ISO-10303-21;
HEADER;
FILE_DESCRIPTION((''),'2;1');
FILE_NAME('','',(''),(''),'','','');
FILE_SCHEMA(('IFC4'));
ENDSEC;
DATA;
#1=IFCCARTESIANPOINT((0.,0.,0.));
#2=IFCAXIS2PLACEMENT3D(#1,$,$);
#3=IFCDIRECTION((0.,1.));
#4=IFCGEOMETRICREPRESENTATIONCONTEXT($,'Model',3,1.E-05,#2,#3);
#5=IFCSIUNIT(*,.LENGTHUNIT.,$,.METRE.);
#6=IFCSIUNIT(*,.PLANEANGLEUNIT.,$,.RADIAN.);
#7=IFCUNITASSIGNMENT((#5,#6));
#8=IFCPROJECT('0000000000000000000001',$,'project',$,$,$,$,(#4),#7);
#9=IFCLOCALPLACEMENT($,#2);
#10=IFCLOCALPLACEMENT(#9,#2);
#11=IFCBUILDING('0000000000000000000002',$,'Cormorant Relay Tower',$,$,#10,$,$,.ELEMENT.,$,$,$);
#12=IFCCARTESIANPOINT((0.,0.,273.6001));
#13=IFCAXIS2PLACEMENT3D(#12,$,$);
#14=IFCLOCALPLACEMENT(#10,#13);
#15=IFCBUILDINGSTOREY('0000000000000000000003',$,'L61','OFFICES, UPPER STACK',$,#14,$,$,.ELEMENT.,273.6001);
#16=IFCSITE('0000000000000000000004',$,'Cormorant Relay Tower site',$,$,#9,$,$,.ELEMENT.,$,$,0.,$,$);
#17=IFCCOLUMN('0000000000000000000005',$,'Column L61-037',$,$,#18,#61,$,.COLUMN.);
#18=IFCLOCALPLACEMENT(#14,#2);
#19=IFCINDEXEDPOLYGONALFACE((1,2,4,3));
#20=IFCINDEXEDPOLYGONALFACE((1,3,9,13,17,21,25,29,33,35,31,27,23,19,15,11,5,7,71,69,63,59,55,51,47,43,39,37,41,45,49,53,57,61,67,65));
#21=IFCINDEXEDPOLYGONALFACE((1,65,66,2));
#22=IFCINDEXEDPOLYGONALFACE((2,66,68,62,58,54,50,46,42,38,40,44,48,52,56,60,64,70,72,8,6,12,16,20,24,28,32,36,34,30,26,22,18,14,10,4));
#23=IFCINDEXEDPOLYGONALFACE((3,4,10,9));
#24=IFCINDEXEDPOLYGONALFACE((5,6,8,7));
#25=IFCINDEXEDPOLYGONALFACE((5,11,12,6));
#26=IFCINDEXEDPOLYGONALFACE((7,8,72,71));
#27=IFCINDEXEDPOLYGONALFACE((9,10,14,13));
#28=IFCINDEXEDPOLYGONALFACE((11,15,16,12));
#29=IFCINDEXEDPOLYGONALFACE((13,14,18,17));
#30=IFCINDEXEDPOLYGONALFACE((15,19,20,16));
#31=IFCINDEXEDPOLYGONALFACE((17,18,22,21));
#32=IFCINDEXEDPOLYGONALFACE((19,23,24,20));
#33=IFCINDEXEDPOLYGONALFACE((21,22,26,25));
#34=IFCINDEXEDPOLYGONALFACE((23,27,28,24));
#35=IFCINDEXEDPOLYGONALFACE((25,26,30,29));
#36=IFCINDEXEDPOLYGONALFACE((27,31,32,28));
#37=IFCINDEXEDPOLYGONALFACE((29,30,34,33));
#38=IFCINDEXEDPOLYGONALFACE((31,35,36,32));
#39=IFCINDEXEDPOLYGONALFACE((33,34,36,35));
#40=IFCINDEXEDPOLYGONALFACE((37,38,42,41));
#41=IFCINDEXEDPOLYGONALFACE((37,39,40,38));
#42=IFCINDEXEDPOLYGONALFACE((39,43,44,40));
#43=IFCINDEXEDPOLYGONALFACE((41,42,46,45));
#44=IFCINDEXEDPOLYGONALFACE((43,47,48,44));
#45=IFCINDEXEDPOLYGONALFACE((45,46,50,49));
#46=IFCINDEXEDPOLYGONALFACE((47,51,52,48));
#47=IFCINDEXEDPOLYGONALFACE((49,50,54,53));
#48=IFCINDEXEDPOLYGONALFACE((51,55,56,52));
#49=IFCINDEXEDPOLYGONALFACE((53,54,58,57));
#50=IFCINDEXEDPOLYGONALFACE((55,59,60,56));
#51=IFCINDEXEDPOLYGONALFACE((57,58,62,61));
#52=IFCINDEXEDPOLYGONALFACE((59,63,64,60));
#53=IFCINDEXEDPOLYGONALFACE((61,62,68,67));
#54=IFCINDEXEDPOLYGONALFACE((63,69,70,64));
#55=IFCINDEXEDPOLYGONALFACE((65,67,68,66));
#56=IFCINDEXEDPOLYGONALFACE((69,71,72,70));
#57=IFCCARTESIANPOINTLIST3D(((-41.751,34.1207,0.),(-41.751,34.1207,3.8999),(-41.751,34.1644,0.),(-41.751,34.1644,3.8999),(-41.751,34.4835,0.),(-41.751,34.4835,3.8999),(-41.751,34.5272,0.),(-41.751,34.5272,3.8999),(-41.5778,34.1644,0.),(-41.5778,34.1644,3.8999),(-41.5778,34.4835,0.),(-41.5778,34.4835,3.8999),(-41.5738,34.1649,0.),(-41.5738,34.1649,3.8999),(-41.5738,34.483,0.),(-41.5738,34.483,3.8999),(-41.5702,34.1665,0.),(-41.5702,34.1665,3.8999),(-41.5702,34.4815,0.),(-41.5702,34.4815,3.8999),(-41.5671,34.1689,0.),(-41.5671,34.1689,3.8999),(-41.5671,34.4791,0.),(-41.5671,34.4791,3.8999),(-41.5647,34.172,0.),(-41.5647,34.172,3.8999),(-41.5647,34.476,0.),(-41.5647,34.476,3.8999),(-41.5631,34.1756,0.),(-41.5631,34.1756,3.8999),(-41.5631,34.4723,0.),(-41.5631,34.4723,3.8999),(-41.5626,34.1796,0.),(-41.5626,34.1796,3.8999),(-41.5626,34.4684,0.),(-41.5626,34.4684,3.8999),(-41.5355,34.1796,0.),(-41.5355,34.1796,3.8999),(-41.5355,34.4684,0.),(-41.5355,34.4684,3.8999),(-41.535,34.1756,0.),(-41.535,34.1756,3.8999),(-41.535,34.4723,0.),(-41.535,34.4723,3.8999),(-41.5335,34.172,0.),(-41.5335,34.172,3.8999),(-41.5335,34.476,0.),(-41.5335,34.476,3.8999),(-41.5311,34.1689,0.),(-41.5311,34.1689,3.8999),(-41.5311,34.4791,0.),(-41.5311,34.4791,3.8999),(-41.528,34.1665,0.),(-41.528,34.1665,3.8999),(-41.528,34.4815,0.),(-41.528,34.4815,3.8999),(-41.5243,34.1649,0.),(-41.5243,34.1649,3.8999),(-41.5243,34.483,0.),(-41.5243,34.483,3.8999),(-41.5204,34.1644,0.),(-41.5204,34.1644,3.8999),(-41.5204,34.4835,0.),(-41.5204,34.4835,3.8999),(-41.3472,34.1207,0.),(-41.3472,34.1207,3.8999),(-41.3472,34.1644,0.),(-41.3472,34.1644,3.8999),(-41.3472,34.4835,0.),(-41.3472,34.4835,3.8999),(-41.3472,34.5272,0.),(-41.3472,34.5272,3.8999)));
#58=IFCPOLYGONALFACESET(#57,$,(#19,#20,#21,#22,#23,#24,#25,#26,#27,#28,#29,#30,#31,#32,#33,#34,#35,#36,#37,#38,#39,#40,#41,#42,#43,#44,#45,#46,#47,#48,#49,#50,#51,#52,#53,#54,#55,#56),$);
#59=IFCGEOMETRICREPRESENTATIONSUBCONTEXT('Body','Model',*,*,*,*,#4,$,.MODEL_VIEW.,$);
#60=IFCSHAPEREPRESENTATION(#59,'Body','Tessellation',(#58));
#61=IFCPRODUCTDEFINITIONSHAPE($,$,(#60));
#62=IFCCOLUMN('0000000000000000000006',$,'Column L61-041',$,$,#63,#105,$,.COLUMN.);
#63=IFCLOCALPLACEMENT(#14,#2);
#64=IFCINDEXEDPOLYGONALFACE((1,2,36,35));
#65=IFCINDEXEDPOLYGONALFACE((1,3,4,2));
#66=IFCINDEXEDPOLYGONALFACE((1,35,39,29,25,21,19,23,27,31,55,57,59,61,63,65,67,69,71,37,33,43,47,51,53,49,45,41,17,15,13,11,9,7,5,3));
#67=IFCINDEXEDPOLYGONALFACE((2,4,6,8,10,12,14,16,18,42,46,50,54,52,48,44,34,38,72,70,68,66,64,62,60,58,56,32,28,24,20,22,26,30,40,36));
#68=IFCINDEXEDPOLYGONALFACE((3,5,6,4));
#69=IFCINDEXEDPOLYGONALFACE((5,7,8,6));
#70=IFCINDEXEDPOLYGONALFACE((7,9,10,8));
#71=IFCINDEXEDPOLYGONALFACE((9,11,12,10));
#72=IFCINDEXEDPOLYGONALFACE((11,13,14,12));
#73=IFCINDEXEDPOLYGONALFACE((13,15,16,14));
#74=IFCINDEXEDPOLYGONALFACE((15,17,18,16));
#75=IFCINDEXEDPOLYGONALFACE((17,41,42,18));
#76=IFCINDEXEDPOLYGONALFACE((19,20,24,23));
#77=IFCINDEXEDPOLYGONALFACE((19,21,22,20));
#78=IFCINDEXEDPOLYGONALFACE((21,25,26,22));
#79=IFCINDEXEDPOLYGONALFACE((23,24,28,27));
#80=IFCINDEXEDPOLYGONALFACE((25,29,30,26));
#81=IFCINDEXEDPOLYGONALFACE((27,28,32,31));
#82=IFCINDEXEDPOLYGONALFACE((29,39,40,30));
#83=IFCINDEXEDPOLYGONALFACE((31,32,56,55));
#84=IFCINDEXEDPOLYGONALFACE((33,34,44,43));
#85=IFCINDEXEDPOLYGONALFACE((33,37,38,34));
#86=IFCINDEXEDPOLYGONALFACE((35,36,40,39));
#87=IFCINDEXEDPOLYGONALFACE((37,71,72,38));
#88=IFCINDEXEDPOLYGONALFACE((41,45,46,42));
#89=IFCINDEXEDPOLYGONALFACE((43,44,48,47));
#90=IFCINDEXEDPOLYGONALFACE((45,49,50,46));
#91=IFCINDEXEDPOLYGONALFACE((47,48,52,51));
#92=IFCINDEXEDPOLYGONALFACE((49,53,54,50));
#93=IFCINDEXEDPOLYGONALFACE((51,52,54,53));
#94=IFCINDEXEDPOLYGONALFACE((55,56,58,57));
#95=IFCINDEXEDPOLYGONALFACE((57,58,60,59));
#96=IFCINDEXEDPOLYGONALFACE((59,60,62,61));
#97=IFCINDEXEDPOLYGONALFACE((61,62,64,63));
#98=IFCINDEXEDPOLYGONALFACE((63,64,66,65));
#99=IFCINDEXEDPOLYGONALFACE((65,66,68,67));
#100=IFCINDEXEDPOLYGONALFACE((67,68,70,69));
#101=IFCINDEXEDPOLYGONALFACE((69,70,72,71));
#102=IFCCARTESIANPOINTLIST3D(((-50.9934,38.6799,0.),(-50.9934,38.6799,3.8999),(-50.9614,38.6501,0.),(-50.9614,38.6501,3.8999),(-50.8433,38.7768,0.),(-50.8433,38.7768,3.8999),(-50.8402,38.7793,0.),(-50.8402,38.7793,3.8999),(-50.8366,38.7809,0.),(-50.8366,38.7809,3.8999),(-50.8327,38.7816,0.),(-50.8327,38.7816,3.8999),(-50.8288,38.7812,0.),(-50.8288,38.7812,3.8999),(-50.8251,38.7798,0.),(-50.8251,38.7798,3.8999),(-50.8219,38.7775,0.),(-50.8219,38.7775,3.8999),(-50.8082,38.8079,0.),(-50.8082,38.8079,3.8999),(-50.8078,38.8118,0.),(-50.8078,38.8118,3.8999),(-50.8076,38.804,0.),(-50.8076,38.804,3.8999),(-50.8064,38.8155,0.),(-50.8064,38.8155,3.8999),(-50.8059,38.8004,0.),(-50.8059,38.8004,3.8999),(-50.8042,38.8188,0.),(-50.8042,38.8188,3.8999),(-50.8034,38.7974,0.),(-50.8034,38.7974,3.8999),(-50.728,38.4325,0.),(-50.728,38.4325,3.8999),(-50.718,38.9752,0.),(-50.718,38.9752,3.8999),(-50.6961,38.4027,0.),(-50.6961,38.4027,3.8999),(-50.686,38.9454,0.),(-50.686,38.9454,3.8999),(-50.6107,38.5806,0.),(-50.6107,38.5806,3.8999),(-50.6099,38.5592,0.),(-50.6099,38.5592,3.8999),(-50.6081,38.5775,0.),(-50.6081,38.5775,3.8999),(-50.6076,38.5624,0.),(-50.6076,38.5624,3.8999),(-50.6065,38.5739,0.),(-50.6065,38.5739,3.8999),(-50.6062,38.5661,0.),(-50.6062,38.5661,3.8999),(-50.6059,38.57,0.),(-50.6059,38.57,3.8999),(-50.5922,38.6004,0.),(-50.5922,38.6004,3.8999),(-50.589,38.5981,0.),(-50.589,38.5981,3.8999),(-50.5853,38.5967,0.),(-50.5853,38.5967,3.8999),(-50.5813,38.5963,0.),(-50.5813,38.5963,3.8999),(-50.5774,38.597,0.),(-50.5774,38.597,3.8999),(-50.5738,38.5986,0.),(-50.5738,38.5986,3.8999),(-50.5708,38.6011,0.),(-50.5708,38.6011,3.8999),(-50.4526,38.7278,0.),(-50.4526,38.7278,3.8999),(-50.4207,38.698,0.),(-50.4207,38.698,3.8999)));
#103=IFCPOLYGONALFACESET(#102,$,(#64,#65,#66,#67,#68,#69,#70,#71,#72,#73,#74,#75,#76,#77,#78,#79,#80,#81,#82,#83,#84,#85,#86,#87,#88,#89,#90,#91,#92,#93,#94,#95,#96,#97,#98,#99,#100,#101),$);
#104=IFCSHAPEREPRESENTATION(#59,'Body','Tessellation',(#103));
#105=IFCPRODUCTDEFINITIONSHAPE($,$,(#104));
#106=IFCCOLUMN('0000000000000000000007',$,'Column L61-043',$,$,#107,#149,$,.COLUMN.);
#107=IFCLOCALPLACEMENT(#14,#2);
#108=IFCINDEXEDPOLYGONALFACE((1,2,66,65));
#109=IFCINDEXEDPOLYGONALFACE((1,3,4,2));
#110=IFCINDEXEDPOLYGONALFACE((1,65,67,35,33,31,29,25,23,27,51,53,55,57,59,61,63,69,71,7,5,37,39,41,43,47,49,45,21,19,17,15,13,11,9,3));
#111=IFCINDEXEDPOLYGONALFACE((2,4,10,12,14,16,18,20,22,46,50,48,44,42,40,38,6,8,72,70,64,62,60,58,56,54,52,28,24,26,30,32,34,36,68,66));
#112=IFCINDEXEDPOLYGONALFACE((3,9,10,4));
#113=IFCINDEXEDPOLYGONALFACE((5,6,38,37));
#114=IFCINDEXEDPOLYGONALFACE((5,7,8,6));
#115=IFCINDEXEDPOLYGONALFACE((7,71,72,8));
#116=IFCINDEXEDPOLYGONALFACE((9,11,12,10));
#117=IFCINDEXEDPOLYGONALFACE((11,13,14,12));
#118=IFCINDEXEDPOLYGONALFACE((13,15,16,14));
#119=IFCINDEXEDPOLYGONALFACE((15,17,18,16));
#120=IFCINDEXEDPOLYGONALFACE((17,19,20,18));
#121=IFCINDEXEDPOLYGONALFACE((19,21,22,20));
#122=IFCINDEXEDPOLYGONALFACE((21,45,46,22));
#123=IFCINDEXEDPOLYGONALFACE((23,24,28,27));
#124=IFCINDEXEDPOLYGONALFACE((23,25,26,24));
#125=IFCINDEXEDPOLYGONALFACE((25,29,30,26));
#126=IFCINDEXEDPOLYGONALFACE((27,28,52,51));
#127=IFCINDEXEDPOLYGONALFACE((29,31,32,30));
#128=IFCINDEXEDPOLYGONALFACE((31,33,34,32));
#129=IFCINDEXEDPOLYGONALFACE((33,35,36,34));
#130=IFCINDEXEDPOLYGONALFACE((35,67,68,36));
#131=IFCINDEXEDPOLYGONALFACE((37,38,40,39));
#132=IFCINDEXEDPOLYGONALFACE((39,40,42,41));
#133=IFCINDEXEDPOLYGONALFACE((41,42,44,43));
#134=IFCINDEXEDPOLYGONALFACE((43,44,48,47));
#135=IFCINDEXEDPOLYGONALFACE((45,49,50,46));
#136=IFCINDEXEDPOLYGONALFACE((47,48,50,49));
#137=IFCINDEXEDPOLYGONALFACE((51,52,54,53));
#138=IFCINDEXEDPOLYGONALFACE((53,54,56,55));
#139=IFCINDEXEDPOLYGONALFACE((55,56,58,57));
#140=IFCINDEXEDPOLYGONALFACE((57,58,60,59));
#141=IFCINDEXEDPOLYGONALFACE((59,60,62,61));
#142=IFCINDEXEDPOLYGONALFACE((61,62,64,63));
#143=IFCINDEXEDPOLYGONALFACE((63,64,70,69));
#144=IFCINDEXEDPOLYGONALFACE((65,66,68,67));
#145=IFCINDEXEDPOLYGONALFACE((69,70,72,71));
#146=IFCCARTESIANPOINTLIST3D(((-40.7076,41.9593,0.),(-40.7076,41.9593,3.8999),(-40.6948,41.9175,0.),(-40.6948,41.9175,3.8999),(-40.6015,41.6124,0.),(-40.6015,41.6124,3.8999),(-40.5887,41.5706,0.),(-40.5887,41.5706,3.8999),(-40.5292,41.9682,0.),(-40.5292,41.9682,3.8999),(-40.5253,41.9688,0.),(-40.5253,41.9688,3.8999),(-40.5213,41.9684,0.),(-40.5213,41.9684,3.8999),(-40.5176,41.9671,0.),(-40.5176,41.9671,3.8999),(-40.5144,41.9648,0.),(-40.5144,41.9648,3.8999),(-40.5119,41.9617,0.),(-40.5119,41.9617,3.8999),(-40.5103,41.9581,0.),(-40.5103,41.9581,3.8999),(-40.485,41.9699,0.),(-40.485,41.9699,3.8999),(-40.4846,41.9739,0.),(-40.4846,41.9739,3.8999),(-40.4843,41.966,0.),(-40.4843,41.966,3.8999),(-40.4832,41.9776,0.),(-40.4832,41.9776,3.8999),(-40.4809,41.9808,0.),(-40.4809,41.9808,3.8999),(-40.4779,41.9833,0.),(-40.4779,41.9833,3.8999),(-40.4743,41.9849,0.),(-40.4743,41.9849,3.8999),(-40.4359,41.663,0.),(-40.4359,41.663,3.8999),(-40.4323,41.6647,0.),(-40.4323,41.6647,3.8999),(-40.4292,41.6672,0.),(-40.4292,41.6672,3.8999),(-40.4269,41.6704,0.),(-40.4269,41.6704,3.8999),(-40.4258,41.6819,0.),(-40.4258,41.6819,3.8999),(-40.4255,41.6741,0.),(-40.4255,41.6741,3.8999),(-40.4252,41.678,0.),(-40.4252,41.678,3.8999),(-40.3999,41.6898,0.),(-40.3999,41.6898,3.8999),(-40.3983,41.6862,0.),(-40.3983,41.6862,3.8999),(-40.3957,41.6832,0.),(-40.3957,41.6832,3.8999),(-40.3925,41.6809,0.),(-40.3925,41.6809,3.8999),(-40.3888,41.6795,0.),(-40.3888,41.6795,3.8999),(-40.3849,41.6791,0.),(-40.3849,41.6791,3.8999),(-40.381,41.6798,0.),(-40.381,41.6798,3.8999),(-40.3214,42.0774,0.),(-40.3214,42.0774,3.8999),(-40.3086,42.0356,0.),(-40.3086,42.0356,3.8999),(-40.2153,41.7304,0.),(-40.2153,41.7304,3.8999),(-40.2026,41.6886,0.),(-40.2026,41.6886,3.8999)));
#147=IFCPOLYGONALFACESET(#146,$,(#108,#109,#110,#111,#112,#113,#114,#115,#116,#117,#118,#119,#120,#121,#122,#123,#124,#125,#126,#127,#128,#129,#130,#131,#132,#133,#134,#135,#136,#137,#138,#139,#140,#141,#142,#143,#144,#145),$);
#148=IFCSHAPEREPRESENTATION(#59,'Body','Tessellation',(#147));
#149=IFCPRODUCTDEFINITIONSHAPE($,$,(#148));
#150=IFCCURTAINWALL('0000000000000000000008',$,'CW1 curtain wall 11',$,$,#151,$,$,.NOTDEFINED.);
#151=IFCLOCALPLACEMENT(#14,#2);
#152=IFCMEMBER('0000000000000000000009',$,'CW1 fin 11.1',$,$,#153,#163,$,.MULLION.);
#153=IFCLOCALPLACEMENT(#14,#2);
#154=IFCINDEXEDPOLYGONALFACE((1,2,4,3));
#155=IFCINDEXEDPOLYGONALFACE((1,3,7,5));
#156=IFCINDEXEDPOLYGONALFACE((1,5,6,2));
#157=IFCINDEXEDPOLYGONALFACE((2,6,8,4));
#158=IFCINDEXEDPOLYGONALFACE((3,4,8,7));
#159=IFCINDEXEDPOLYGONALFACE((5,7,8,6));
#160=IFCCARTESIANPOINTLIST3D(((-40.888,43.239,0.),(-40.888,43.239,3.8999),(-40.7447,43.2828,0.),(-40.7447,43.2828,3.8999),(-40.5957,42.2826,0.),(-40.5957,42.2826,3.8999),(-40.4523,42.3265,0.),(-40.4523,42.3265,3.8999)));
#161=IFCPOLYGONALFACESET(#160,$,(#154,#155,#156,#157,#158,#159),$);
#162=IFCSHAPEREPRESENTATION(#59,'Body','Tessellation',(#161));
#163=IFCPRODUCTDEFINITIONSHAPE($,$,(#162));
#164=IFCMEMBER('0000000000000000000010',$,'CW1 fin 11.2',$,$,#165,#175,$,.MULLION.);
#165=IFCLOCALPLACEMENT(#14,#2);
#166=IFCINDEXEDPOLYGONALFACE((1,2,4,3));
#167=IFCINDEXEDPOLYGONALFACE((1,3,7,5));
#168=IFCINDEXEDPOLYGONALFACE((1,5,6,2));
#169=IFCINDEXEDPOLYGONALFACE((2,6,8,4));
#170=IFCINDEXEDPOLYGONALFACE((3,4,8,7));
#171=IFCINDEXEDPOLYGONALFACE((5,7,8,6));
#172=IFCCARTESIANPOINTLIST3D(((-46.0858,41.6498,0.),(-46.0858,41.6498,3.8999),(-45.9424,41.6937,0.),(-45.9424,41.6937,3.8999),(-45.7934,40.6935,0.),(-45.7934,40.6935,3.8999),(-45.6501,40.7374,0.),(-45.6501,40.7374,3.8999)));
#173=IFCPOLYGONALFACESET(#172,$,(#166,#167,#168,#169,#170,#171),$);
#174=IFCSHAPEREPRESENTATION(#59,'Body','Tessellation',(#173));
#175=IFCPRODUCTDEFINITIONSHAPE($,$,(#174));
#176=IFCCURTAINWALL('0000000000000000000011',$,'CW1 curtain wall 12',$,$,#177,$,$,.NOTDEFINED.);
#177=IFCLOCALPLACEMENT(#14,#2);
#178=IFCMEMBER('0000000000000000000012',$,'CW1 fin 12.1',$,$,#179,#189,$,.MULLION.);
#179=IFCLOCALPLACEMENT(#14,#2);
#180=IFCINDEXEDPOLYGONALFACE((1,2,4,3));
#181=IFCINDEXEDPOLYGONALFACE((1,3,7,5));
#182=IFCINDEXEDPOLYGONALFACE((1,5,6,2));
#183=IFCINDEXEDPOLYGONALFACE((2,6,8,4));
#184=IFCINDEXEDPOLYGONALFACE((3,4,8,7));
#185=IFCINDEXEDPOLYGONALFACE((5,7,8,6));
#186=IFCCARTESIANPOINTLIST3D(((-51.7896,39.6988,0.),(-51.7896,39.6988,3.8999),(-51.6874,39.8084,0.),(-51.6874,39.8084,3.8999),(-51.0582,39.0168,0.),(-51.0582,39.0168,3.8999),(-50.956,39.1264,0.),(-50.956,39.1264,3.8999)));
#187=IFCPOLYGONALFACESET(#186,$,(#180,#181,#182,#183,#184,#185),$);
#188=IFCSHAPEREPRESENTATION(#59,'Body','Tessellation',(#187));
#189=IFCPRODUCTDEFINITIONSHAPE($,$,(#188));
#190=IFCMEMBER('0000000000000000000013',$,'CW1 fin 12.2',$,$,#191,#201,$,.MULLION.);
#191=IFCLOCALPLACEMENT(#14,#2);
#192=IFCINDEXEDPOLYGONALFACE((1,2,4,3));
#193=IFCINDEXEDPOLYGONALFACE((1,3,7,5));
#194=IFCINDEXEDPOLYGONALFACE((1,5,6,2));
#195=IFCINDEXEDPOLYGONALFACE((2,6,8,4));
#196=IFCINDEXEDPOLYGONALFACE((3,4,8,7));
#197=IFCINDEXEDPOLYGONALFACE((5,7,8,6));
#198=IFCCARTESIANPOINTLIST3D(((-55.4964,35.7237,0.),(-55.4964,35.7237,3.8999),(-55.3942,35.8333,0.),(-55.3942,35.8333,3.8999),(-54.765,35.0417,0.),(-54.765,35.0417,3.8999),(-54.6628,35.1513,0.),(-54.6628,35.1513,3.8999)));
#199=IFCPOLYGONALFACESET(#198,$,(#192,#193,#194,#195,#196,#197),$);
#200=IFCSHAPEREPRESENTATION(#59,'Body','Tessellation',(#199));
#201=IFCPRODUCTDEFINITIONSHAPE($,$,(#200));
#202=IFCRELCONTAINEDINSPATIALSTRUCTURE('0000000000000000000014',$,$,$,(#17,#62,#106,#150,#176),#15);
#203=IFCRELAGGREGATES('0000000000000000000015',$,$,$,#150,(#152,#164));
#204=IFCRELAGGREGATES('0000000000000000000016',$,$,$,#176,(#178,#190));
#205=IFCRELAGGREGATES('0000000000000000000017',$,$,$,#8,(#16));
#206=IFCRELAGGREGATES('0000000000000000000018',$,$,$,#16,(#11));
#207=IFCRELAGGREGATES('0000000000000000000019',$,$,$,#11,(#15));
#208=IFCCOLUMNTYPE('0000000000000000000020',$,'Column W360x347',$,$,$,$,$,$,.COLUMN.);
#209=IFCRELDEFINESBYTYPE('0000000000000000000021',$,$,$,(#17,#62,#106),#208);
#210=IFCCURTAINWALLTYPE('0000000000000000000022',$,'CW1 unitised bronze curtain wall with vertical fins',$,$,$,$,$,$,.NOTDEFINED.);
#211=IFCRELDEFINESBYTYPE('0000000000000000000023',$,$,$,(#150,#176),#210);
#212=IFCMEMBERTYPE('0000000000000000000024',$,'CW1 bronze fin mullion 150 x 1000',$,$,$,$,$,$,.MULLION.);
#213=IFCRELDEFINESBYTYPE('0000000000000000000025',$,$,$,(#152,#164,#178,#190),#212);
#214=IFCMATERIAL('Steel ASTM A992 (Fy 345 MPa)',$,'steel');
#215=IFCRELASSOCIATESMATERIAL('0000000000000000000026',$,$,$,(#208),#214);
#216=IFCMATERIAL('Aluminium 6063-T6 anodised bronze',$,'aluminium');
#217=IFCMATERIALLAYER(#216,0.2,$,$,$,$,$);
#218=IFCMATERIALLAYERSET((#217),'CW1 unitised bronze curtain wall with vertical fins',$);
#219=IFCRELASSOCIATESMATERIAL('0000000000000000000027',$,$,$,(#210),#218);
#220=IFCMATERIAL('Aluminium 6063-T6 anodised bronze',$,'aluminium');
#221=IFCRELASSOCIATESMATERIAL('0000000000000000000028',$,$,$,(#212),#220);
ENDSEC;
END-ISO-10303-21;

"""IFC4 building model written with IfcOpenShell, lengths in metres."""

from ifc_helpers import new_model, si_unit, direction, frame, origin, origin_2d, place, context, subcontext, project, spatial, rectangle, i_section, extrude, material, layer, layer_set, material_profile, profile_set, type_object, element, aggregate, save


model = new_model("IFC4")

# Units and contexts
model_context = context("Model", 3, precision=1e-05, world=origin(), true_north=direction((0.0, 1.0)))
body_context = subcontext(model_context, "Body", "Model", "MODEL_VIEW")
ifc_project = project(units=[si_unit("LENGTHUNIT", "METRE"), si_unit("PLANEANGLEUNIT", "RADIAN")], contexts=[model_context])

# Site, building, storey
site_placement = place(None, origin())
site = spatial("IfcSite", under=ifc_project, at=site_placement, Name="Cormorant Relay Tower site", CompositionType="ELEMENT", RefElevation=0.0)
building_placement = place(site_placement, origin())
building = spatial("IfcBuilding", under=site, at=building_placement, Name="Cormorant Relay Tower", CompositionType="ELEMENT")
storey_placement = place(building_placement, frame((0.0, 0.0, 273.6001)))
storey = spatial("IfcBuildingStorey", under=building, at=storey_placement, Name="L61", Description="OFFICES, UPPER STACK", CompositionType="ELEMENT", Elevation=273.6001)

# Columns
ifc_material_1 = material(Name="Steel ASTM A992 (Fy 345 MPa)", Category="steel")
ifc_material_profile_1 = material_profile(ifc_material_1, i_section(OverallWidth=0.4038, OverallDepth=0.4065, WebThickness=0.0271, FlangeThickness=0.0437, FilletRadius=0.0151, at=origin_2d()), Name="W360x347")
ifc_profile_set_1 = profile_set([ifc_material_profile_1], Name="Steel ASTM A992 (Fy 345 MPa)")
column_type = type_object("IfcColumnType", Name="Column W360x347", PredefinedType="COLUMN", material=ifc_profile_set_1)
for number, where, z_axis, x_axis, name in (
    (1, (-41.5491, 34.324, 0.0), (0.0, 0.0, 1.0), (1.0, 0.0, 0.0), "Column L61-037"),
    (2, (-50.707, 38.689, 0.0), (0.0, 0.0, 1.0), (-0.681998, -0.731354, 0.0), "Column L61-041"),
    (3, (-40.4551, 41.824, 0.0), (0.0, 0.0, 1.0), (-0.956305, -0.292372, 0.0), "Column L61-043"),
):
    element("IfcColumn", number, at=place(storey_placement, frame(where, z_axis=z_axis, x_axis=x_axis)), inside=storey, type_object=column_type, Name=name, PredefinedType="COLUMN", context=body_context, shape_type="SweptSolid", body=[
        extrude(i_section(OverallWidth=0.4038, OverallDepth=0.4065, WebThickness=0.0271, FlangeThickness=0.0437, FilletRadius=0.0151, at=origin_2d()), origin(), (0.0, 0.0, 1.0), 3.8999),
    ])

# Curtain walls, members
ifc_material_2 = material(Name="Aluminium 6063-T6 anodised bronze", Category="aluminium")
ifc_layer_1 = layer(ifc_material_2, 0.2)
ifc_layer_set_1 = layer_set([ifc_layer_1], Name="CW1 unitised bronze curtain wall with vertical fins")
curtain_wall_type = type_object("IfcCurtainWallType", Name="CW1 unitised bronze curtain wall with vertical fins", PredefinedType="NOTDEFINED", material=ifc_layer_set_1)
curtain_wall_1_placement = place(storey_placement, origin())
curtain_wall_1 = element("IfcCurtainWall", 4, at=curtain_wall_1_placement, inside=storey, type_object=curtain_wall_type, Name="CW1 curtain wall 11", PredefinedType="NOTDEFINED")
ifc_material_3 = material(Name="Aluminium 6063-T6 anodised bronze", Category="aluminium")
ifc_material_profile_2 = material_profile(ifc_material_3, rectangle(XDim=0.1499, YDim=1.0, at=origin_2d()), Name="AL 150x1000")
ifc_profile_set_2 = profile_set([ifc_material_profile_2], Name="Aluminium 6063-T6 anodised bronze")
member_type_1 = type_object("IfcMemberType", Name="CW1 bronze fin mullion 150 x 1000", PredefinedType="MULLION", material=ifc_profile_set_2)
member_1_placement = place(storey_placement, frame((-40.6702, 42.7827, 0.0), z_axis=(0.0, 0.0, 1.0), x_axis=(-0.956305, -0.292372, 0.0)))
member_1 = element("IfcMember", 5, at=member_1_placement, type_object=member_type_1, Name="CW1 fin 11.1", PredefinedType="MULLION", context=body_context, shape_type="SweptSolid", body=[
    extrude(rectangle(XDim=0.1499, YDim=1.0, at=origin_2d()), origin(), (0.0, 0.0, 1.0), 3.8999),
])
member_2_placement = place(storey_placement, frame((-45.8679, 41.1936, 0.0), z_axis=(0.0, 0.0, 1.0), x_axis=(-0.956305, -0.292372, 0.0)))
member_2 = element("IfcMember", 6, at=member_2_placement, type_object=member_type_1, Name="CW1 fin 11.2", PredefinedType="MULLION", context=body_context, shape_type="SweptSolid", body=[
    extrude(rectangle(XDim=0.1499, YDim=1.0, at=origin_2d()), origin(), (0.0, 0.0, 1.0), 3.8999),
])
curtain_wall_2_placement = place(storey_placement, origin())
curtain_wall_2 = element("IfcCurtainWall", 7, at=curtain_wall_2_placement, inside=storey, type_object=curtain_wall_type, Name="CW1 curtain wall 12", PredefinedType="NOTDEFINED")
member_3_placement = place(storey_placement, frame((-51.3728, 39.4126, 0.0), z_axis=(0.0, 0.0, 1.0), x_axis=(-0.681998, -0.731354, 0.0)))
member_3 = element("IfcMember", 8, at=member_3_placement, type_object=member_type_1, Name="CW1 fin 12.1", PredefinedType="MULLION", context=body_context, shape_type="SweptSolid", body=[
    extrude(rectangle(XDim=0.1499, YDim=1.0, at=origin_2d()), origin(), (0.0, 0.0, 1.0), 3.8999),
])
member_4_placement = place(storey_placement, frame((-55.0796, 35.4375, 0.0), z_axis=(0.0, 0.0, 1.0), x_axis=(-0.681998, -0.731354, 0.0)))
member_4 = element("IfcMember", 9, at=member_4_placement, type_object=member_type_1, Name="CW1 fin 12.2", PredefinedType="MULLION", context=body_context, shape_type="SweptSolid", body=[
    extrude(rectangle(XDim=0.1499, YDim=1.0, at=origin_2d()), origin(), (0.0, 0.0, 1.0), 3.8999),
])

aggregate(curtain_wall_1, [member_1, member_2])
aggregate(curtain_wall_2, [member_3, member_4])

save(model, "model.ifc")
